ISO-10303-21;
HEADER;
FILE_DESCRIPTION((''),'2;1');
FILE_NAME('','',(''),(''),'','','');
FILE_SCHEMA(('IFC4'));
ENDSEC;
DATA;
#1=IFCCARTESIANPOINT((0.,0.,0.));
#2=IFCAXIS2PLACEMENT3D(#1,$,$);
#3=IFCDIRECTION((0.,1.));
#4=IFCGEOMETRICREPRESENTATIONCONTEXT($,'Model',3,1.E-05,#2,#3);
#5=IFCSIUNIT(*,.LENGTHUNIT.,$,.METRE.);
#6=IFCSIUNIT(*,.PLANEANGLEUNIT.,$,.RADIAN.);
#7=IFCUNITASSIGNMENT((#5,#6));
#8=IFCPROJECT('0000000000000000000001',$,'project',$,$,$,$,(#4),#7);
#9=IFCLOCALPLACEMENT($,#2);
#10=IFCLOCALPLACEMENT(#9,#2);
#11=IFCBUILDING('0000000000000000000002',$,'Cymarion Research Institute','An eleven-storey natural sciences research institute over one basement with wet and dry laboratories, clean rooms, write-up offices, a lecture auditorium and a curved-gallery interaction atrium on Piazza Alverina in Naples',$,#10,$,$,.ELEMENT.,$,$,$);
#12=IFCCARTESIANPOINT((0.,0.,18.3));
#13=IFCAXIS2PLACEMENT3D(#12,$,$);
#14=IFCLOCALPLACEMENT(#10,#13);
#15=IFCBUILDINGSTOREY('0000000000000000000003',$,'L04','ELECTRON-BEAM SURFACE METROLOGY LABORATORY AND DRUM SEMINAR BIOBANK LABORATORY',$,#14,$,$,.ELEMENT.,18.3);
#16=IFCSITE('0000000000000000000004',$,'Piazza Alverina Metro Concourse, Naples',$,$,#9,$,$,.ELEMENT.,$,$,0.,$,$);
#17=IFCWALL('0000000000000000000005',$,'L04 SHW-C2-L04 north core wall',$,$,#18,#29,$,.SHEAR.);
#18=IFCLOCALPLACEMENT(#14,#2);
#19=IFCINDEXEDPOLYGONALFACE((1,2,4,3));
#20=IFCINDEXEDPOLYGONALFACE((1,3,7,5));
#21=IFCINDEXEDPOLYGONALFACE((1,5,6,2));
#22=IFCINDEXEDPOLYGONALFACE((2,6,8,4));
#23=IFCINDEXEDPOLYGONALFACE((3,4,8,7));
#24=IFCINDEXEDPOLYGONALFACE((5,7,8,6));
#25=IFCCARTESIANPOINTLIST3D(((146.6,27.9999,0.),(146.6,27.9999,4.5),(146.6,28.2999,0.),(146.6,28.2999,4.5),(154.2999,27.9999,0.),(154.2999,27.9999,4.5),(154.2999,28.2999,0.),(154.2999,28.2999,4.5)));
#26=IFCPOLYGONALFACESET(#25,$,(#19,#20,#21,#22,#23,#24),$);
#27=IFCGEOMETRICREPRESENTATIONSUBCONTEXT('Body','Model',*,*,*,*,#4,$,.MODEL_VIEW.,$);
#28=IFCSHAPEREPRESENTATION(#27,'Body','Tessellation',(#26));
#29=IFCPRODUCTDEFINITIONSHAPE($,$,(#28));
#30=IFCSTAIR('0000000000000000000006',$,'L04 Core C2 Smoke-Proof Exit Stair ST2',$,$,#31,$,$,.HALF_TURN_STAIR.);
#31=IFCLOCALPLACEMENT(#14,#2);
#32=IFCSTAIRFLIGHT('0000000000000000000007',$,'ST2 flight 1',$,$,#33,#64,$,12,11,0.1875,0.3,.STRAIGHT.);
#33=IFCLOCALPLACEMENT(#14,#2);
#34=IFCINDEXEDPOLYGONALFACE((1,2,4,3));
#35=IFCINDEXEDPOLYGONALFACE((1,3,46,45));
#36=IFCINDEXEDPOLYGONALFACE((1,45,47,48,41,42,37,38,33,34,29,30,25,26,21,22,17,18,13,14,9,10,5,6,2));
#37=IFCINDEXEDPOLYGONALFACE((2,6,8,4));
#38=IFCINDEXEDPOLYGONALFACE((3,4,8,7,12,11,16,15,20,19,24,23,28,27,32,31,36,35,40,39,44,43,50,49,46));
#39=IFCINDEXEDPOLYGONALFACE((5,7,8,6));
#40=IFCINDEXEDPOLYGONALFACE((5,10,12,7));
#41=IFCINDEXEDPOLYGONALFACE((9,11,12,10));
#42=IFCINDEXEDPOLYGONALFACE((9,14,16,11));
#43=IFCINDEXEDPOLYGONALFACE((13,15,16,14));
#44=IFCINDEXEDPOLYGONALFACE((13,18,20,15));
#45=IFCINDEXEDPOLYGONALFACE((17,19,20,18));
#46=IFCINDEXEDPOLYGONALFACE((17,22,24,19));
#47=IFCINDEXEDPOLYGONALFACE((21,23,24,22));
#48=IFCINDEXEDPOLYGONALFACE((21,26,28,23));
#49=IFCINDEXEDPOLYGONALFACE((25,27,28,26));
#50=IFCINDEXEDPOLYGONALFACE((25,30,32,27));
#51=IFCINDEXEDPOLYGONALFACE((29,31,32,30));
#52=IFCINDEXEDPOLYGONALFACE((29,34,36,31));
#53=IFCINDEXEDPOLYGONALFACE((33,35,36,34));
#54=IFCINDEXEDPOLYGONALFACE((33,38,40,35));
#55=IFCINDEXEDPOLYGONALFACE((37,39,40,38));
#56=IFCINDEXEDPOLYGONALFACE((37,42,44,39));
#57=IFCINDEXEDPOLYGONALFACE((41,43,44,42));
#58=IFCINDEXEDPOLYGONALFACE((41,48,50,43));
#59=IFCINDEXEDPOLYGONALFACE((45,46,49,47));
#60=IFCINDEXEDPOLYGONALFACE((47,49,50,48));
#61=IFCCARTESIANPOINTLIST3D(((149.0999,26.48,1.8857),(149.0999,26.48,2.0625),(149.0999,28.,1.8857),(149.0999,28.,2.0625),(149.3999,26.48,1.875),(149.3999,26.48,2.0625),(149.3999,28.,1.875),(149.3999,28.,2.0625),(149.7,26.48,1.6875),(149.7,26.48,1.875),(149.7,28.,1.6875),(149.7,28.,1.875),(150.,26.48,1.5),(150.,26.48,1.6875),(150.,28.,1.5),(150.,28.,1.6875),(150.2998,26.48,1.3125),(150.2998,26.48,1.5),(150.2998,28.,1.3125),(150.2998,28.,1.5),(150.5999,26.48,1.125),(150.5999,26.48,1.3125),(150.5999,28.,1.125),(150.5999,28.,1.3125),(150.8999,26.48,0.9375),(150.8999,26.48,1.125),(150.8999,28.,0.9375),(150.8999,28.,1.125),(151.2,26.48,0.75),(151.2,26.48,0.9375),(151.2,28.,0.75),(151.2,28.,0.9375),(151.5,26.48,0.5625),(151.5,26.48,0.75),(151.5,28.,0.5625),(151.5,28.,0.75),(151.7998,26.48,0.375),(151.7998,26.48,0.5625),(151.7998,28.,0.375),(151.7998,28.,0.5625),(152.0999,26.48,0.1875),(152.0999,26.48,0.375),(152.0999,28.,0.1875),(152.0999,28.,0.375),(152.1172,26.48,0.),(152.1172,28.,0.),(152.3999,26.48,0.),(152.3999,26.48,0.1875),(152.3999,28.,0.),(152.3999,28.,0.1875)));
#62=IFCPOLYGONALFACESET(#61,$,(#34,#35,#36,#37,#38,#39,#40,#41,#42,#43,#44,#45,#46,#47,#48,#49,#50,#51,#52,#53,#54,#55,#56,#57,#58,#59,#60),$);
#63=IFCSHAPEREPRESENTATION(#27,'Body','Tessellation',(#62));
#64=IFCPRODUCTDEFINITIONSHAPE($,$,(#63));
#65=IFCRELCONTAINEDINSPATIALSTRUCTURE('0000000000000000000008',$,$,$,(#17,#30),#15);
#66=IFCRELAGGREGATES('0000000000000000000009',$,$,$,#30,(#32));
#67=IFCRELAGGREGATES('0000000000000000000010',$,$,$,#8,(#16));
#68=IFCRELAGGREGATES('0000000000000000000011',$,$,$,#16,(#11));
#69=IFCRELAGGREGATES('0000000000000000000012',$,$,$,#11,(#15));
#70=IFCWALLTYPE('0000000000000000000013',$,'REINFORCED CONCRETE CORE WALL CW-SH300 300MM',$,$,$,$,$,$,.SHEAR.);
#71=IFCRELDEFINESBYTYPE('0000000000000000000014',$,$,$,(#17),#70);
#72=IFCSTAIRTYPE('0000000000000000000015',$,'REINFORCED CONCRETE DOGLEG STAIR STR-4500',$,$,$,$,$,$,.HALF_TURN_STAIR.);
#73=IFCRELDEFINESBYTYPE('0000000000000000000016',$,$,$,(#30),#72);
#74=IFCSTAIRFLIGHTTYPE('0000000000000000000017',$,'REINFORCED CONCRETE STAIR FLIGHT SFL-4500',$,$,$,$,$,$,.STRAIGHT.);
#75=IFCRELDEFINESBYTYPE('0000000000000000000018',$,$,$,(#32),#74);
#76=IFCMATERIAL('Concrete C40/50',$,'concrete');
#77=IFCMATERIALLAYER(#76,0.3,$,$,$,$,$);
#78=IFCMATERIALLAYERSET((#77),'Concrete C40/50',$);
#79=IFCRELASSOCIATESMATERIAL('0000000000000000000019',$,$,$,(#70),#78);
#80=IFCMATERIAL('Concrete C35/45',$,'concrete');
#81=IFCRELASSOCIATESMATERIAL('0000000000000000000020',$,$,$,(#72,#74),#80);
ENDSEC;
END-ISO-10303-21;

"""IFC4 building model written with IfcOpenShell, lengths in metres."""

from ifc_helpers import new_model, si_unit, direction, frame, frame_2d, origin, place, context, subcontext, project, spatial, polyline, rectangle, outline, extrude, material, layer, layer_set, type_object, element, aggregate, save


model = new_model("IFC4")

# Units and contexts
model_context = context("Model", 3, precision=1e-05, world=origin(), true_north=direction((0.0, 1.0)))
body_context = subcontext(model_context, "Body", "Model", "MODEL_VIEW")
ifc_project = project(units=[si_unit("LENGTHUNIT", "METRE"), si_unit("PLANEANGLEUNIT", "RADIAN")], contexts=[model_context])

# Site, building, storey
site_placement = place(None, origin())
site = spatial("IfcSite", under=ifc_project, at=site_placement, Name="Piazza Alverina Metro Concourse, Naples", CompositionType="ELEMENT", RefElevation=0.0)
building_placement = place(site_placement, origin())
building = spatial("IfcBuilding", under=site, at=building_placement, Name="Cymarion Research Institute", Description="An eleven-storey natural sciences research institute over one basement with wet and dry laboratories, clean rooms, write-up offices, a lecture auditorium and a curved-gallery interaction atrium on Piazza Alverina in Naples", CompositionType="ELEMENT")
storey_placement = place(building_placement, frame((0.0, 0.0, 18.3)))
storey = spatial("IfcBuildingStorey", under=building, at=storey_placement, Name="L04", Description="ELECTRON-BEAM SURFACE METROLOGY LABORATORY AND DRUM SEMINAR BIOBANK LABORATORY", CompositionType="ELEMENT", Elevation=18.3)

# Wall
ifc_material_1 = material(Name="Concrete C40/50", Category="concrete")
ifc_layer_1 = layer(ifc_material_1, 0.3)
ifc_layer_set_1 = layer_set([ifc_layer_1], Name="Concrete C40/50")
wall_type_1 = type_object("IfcWallType", Name="REINFORCED CONCRETE CORE WALL CW-SH300 300MM", PredefinedType="SHEAR", material=ifc_layer_set_1)
wall_1_placement = place(storey_placement, frame((154.3, 28.1499, 0.0), z_axis=(0.0, 0.0, 1.0), x_axis=(-1.0, 0.0, 0.0)))
element("IfcWall", 1, at=wall_1_placement, inside=storey, type_object=wall_type_1, Name="L04 SHW-C2-L04 north core wall", PredefinedType="SHEAR", context=body_context, shape_type="SweptSolid", body=[
    extrude(rectangle(XDim=7.7, YDim=0.3, at=frame_2d((3.8501, 0.0))), origin(), (0.0, 0.0, 1.0), 4.5),
])

# Stair, stair flight
ifc_material_2 = material(Name="Concrete C35/45", Category="concrete")
stair_type = type_object("IfcStairType", Name="REINFORCED CONCRETE DOGLEG STAIR STR-4500", PredefinedType="HALF_TURN_STAIR", material=ifc_material_2)
stair_placement = place(storey_placement, origin())
stair = element("IfcStair", 2, at=stair_placement, inside=storey, type_object=stair_type, Name="L04 Core C2 Smoke-Proof Exit Stair ST2", PredefinedType="HALF_TURN_STAIR")
stair_flight_type = type_object("IfcStairFlightType", Name="REINFORCED CONCRETE STAIR FLIGHT SFL-4500", PredefinedType="STRAIGHT", material=ifc_material_2)
stair_flight_placement = place(storey_placement, frame((152.3999, 27.24, 0.0), z_axis=(0.0, 0.0, 1.0), x_axis=(-1.0, 0.0, 0.0)))
stair_flight = element("IfcStairFlight", 3, at=stair_flight_placement, type_object=stair_flight_type, Name="ST2 flight 1", NumberOfRisers=12, NumberOfTreads=11, PredefinedType="STRAIGHT", RiserHeight=0.1875, TreadLength=0.3, context=body_context, shape_type="SweptSolid", body=[
    extrude(outline(polyline([(0.0, 0.0), (0.0, 0.1875), (0.3, 0.1875), (0.3, 0.375), (0.6001, 0.375), (0.6001, 0.5625), (0.8999, 0.5625), (0.8999, 0.75), (1.2, 0.75), (1.2, 0.9375), (1.5, 0.9375), (1.5, 1.125), (1.8, 1.125), (1.8, 1.3125), (2.1001, 1.3125), (2.1001, 1.5), (2.3999, 1.5), (2.3999, 1.6875), (2.7, 1.6875), (2.7, 1.875), (3.0, 1.875), (3.0, 2.0625), (3.3, 2.0625), (3.3, 2.25), (3.3, 1.8857), (0.2827, 0.0), (0.0, 0.0)])), frame((0.0, 0.76, 0.0), z_axis=(0.0, -1.0, 0.0), x_axis=(1.0, 0.0, 0.0)), (0.0, 0.0, 1.0), 1.52),
])
aggregate(stair, [stair_flight])

save(model, "model.ifc")
